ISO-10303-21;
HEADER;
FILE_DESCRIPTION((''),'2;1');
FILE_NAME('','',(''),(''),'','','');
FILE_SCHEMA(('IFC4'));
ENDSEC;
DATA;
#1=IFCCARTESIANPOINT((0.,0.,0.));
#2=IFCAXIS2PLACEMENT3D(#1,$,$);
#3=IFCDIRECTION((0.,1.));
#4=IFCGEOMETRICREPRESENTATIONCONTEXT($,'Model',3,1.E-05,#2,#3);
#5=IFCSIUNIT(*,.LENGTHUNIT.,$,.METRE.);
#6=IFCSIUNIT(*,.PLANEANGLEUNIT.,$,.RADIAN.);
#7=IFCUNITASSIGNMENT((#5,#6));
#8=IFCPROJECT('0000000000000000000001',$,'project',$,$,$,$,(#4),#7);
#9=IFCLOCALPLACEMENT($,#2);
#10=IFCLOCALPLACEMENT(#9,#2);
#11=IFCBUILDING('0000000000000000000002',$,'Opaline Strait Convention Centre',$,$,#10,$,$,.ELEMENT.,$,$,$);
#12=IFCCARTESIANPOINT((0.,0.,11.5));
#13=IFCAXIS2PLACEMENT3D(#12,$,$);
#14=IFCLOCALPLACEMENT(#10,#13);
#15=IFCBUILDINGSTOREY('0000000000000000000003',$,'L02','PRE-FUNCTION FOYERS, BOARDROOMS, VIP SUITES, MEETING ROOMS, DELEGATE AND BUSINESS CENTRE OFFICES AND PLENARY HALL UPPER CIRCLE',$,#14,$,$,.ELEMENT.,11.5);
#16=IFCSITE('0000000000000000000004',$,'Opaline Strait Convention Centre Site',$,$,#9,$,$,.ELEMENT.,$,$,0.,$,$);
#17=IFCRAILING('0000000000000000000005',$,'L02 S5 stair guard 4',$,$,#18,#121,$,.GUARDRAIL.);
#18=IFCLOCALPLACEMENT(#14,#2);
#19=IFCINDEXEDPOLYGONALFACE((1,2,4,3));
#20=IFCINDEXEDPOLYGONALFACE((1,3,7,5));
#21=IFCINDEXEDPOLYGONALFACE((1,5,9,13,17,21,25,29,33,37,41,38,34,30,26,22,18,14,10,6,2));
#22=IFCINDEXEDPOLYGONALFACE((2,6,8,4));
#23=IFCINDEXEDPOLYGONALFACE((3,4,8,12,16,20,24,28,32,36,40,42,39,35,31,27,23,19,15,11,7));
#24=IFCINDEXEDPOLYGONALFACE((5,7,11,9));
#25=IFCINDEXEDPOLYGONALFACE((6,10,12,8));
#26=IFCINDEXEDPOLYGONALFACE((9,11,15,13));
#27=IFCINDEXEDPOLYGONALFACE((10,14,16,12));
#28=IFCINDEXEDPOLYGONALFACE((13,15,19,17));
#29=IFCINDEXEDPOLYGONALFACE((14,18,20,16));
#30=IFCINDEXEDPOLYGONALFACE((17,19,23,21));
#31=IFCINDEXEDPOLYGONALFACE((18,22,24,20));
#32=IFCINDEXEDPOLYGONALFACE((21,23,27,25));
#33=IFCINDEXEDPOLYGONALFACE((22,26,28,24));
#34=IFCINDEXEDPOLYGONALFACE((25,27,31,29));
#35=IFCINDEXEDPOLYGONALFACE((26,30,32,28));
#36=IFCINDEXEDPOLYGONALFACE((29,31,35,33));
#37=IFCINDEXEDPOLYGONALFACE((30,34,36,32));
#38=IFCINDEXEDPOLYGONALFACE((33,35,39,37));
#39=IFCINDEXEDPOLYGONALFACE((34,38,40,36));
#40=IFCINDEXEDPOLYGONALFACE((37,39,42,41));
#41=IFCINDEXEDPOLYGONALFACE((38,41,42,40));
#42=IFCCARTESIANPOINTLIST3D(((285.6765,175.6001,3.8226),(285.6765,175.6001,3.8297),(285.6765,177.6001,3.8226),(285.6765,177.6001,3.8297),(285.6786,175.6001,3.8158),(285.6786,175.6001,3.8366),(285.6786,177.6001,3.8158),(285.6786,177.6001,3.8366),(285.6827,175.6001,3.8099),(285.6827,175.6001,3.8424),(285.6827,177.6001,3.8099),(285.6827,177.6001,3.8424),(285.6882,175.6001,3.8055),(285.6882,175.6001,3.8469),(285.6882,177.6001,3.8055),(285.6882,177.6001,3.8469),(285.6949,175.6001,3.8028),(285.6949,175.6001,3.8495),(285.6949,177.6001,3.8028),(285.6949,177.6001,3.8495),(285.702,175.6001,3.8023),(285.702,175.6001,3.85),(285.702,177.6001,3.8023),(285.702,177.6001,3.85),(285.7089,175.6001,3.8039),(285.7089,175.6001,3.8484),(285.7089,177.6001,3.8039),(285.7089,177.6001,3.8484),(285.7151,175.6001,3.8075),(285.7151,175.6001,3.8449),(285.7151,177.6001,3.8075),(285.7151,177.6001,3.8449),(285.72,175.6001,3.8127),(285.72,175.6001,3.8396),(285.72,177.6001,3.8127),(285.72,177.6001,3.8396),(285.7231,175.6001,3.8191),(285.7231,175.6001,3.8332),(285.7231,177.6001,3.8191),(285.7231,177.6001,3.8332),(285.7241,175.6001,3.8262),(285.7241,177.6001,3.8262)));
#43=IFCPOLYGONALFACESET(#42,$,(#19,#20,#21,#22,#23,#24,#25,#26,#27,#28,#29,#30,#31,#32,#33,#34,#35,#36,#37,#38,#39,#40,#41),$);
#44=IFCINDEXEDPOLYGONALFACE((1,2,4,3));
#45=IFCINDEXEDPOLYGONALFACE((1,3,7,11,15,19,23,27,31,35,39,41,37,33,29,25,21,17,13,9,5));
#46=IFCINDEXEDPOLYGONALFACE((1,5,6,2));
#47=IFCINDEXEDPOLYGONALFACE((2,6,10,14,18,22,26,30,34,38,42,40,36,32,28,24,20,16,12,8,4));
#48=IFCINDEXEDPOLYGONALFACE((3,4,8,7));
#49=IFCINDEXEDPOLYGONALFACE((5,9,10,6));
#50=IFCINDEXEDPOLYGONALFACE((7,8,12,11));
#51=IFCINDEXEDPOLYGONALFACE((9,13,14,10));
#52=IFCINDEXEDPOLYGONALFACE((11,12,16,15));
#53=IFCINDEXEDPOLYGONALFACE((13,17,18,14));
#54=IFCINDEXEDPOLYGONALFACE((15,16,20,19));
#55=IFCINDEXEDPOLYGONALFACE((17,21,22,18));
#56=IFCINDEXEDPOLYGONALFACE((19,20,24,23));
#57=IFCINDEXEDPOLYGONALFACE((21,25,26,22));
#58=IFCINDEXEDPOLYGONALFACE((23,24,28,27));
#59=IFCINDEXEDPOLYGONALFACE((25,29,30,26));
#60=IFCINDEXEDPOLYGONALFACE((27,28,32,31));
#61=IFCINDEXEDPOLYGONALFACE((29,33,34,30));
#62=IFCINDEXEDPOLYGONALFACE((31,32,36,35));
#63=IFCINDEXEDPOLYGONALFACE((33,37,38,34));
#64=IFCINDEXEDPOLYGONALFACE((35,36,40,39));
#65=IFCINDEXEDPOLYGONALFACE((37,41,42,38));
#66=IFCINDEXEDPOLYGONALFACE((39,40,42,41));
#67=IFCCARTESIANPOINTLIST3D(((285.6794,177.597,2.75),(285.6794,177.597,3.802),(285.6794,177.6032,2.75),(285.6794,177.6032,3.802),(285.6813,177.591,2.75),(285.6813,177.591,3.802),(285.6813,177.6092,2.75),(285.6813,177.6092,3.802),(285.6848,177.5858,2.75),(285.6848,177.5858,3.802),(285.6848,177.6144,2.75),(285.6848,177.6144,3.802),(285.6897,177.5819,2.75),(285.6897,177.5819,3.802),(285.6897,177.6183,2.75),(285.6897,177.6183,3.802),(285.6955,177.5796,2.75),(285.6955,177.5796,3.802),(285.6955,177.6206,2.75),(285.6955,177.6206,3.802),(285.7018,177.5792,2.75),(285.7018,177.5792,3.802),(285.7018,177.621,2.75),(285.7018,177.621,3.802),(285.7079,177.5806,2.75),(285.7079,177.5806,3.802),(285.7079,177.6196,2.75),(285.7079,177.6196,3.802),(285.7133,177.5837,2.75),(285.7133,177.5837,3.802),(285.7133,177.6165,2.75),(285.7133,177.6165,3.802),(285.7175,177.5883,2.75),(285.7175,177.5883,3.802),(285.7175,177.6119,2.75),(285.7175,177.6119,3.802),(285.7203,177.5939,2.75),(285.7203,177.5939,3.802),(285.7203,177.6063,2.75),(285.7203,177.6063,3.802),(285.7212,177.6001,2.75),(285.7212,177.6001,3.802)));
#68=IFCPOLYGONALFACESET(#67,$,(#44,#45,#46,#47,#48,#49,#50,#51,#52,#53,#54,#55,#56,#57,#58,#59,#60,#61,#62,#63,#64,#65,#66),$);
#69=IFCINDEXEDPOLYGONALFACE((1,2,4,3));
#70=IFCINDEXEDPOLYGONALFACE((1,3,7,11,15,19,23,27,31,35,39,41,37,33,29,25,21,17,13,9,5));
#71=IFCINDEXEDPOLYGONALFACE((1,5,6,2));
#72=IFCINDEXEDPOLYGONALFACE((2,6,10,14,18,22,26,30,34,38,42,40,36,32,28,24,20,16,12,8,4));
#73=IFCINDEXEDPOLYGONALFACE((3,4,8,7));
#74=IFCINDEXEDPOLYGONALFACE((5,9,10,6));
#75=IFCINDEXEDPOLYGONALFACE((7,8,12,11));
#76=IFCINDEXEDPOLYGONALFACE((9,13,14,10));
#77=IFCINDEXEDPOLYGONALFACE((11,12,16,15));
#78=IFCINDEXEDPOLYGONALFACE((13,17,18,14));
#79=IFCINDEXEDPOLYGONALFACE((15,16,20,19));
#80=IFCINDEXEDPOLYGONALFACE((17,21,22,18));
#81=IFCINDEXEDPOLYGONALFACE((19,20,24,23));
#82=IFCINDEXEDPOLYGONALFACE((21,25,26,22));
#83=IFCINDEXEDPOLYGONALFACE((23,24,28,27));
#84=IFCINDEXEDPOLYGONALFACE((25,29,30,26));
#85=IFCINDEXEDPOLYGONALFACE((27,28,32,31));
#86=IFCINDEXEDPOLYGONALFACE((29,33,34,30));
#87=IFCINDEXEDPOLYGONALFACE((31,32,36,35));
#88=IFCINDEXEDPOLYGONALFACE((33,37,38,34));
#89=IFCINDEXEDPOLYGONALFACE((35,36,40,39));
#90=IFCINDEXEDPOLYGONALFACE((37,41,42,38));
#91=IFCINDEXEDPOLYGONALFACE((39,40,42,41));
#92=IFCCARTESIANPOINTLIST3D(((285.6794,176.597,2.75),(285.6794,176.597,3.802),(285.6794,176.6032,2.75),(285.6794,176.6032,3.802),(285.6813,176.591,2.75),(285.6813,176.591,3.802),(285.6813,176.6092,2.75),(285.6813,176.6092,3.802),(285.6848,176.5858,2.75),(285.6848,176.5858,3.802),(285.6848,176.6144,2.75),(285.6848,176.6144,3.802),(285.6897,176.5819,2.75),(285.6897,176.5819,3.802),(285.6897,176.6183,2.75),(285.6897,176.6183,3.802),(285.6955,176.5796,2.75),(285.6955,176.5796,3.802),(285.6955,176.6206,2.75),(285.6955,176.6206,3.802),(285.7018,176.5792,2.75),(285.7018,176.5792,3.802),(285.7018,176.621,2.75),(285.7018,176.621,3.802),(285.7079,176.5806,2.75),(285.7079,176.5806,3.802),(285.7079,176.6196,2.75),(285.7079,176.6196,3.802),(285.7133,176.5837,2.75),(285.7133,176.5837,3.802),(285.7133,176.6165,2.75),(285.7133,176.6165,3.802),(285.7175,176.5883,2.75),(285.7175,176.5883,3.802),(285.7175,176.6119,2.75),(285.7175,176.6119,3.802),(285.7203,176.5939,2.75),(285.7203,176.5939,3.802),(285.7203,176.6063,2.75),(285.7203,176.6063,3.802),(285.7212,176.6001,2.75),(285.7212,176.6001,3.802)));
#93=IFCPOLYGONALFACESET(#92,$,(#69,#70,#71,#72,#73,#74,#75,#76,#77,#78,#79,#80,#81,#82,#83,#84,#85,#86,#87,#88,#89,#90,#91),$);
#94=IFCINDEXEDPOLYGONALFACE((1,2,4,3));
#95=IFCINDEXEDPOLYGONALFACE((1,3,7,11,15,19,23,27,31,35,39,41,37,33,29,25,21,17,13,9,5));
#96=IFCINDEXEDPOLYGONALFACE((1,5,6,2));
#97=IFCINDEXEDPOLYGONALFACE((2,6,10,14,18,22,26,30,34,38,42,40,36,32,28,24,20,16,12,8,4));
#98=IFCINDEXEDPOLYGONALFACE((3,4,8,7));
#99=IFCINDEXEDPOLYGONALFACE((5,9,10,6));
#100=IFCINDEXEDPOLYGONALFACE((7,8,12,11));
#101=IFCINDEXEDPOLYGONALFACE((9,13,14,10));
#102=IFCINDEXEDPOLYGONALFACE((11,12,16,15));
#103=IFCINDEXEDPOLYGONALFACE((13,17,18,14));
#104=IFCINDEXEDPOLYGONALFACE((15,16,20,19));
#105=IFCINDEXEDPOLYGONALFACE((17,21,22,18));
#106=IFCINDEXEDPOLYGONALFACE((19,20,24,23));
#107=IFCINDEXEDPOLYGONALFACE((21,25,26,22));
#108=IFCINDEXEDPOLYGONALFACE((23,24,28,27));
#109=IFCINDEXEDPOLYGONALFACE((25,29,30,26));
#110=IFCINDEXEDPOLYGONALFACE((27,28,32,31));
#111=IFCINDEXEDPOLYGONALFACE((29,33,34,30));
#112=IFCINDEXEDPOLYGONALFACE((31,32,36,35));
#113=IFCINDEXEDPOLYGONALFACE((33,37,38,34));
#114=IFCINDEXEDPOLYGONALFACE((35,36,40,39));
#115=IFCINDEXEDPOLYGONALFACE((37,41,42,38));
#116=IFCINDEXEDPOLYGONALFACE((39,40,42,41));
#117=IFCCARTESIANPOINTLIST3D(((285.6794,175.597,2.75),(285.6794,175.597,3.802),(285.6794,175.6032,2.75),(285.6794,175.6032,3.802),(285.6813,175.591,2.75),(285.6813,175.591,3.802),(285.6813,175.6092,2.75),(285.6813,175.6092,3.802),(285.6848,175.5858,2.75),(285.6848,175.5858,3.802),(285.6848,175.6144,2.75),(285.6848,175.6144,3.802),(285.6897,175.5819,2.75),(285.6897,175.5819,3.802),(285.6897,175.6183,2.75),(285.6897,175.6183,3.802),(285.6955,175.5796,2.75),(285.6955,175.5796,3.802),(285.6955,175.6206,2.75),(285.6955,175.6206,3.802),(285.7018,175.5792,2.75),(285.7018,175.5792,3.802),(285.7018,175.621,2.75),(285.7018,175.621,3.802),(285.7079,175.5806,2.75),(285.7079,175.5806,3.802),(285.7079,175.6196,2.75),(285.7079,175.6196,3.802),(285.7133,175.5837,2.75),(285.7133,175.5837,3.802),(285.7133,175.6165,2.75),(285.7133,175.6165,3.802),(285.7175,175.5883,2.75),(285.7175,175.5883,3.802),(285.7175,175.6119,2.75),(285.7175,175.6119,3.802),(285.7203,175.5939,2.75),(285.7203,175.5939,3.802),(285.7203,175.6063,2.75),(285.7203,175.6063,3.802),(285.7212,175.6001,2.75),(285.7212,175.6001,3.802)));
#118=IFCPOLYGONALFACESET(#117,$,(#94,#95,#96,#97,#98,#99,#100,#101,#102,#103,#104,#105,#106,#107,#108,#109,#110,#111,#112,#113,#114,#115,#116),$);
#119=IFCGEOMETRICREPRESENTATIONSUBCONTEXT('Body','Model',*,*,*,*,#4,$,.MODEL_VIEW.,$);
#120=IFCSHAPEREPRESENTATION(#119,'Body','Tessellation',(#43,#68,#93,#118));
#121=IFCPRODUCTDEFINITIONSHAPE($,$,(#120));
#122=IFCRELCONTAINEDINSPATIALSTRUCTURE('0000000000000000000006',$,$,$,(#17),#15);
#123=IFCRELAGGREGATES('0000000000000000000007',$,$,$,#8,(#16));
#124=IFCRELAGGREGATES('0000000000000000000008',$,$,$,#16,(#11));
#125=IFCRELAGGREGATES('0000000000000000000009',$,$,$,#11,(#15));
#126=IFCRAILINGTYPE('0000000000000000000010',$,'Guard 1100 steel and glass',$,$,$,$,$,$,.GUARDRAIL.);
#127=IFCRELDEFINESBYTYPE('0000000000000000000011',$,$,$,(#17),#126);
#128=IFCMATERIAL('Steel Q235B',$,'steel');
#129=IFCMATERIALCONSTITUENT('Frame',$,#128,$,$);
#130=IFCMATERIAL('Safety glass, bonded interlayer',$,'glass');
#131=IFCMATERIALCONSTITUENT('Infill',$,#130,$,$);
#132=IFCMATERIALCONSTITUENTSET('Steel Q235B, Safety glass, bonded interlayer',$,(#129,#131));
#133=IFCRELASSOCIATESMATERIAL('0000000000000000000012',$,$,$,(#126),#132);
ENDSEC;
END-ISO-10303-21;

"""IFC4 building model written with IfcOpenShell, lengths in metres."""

from ifc_helpers import new_model, si_unit, direction, frame, origin, origin_2d, place, context, subcontext, project, spatial, circle, extrude, material, constituent, constituent_set, type_object, element, save


model = new_model("IFC4")

# Units and contexts
model_context = context("Model", 3, precision=1e-05, world=origin(), true_north=direction((0.0, 1.0)))
body_context = subcontext(model_context, "Body", "Model", "MODEL_VIEW")
ifc_project = project(units=[si_unit("LENGTHUNIT", "METRE"), si_unit("PLANEANGLEUNIT", "RADIAN")], contexts=[model_context])

# Site, building, storey
site_placement = place(None, origin())
site = spatial("IfcSite", under=ifc_project, at=site_placement, Name="Opaline Strait Convention Centre Site", CompositionType="ELEMENT", RefElevation=0.0)
building_placement = place(site_placement, origin())
building = spatial("IfcBuilding", under=site, at=building_placement, Name="Opaline Strait Convention Centre", CompositionType="ELEMENT")
storey_placement = place(building_placement, frame((0.0, 0.0, 11.5)))
storey = spatial("IfcBuildingStorey", under=building, at=storey_placement, Name="L02", Description="PRE-FUNCTION FOYERS, BOARDROOMS, VIP SUITES, MEETING ROOMS, DELEGATE AND BUSINESS CENTRE OFFICES AND PLENARY HALL UPPER CIRCLE", CompositionType="ELEMENT", Elevation=11.5)

# Railing
ifc_material_1 = material(Name="Steel Q235B", Category="steel")
ifc_constituent_1 = constituent(ifc_material_1, Name="Frame")
ifc_material_2 = material(Name="Safety glass, bonded interlayer", Category="glass")
ifc_constituent_2 = constituent(ifc_material_2, Name="Infill")
ifc_constituent_set = constituent_set(constituents=[ifc_constituent_1, ifc_constituent_2], Name="Steel Q235B, Safety glass, bonded interlayer")
railing_type_1 = type_object("IfcRailingType", Name="Guard 1100 steel and glass", PredefinedType="GUARDRAIL", material=ifc_constituent_set)
for number, where, name in (
    (1, (285.7002, 177.6001, 2.75), "L02 S5 stair guard 4"),
):
    element("IfcRailing", number, at=place(storey_placement, frame(where)), inside=storey, type_object=railing_type_1, Name=name, PredefinedType="GUARDRAIL", context=body_context, shape_type="SweptSolid", body=[
        extrude(circle(Radius=0.0239, at=origin_2d()), frame((0.0, 0.0, 1.0762), z_axis=(0.0, -1.0, 0.0), x_axis=(1.0, 0.0, 0.0)), (0.0, 0.0, 1.0), 2.0),
        extrude(circle(Radius=0.021, at=origin_2d()), origin(), (0.0, 0.0, 1.0), 1.052),
        extrude(circle(Radius=0.021, at=origin_2d()), frame((0.0, -1.0, 0.0)), (0.0, 0.0, 1.0), 1.052),
        extrude(circle(Radius=0.021, at=origin_2d()), frame((0.0, -2.0, 0.0)), (0.0, 0.0, 1.0), 1.052),
    ])

save(model, "model.ifc")
